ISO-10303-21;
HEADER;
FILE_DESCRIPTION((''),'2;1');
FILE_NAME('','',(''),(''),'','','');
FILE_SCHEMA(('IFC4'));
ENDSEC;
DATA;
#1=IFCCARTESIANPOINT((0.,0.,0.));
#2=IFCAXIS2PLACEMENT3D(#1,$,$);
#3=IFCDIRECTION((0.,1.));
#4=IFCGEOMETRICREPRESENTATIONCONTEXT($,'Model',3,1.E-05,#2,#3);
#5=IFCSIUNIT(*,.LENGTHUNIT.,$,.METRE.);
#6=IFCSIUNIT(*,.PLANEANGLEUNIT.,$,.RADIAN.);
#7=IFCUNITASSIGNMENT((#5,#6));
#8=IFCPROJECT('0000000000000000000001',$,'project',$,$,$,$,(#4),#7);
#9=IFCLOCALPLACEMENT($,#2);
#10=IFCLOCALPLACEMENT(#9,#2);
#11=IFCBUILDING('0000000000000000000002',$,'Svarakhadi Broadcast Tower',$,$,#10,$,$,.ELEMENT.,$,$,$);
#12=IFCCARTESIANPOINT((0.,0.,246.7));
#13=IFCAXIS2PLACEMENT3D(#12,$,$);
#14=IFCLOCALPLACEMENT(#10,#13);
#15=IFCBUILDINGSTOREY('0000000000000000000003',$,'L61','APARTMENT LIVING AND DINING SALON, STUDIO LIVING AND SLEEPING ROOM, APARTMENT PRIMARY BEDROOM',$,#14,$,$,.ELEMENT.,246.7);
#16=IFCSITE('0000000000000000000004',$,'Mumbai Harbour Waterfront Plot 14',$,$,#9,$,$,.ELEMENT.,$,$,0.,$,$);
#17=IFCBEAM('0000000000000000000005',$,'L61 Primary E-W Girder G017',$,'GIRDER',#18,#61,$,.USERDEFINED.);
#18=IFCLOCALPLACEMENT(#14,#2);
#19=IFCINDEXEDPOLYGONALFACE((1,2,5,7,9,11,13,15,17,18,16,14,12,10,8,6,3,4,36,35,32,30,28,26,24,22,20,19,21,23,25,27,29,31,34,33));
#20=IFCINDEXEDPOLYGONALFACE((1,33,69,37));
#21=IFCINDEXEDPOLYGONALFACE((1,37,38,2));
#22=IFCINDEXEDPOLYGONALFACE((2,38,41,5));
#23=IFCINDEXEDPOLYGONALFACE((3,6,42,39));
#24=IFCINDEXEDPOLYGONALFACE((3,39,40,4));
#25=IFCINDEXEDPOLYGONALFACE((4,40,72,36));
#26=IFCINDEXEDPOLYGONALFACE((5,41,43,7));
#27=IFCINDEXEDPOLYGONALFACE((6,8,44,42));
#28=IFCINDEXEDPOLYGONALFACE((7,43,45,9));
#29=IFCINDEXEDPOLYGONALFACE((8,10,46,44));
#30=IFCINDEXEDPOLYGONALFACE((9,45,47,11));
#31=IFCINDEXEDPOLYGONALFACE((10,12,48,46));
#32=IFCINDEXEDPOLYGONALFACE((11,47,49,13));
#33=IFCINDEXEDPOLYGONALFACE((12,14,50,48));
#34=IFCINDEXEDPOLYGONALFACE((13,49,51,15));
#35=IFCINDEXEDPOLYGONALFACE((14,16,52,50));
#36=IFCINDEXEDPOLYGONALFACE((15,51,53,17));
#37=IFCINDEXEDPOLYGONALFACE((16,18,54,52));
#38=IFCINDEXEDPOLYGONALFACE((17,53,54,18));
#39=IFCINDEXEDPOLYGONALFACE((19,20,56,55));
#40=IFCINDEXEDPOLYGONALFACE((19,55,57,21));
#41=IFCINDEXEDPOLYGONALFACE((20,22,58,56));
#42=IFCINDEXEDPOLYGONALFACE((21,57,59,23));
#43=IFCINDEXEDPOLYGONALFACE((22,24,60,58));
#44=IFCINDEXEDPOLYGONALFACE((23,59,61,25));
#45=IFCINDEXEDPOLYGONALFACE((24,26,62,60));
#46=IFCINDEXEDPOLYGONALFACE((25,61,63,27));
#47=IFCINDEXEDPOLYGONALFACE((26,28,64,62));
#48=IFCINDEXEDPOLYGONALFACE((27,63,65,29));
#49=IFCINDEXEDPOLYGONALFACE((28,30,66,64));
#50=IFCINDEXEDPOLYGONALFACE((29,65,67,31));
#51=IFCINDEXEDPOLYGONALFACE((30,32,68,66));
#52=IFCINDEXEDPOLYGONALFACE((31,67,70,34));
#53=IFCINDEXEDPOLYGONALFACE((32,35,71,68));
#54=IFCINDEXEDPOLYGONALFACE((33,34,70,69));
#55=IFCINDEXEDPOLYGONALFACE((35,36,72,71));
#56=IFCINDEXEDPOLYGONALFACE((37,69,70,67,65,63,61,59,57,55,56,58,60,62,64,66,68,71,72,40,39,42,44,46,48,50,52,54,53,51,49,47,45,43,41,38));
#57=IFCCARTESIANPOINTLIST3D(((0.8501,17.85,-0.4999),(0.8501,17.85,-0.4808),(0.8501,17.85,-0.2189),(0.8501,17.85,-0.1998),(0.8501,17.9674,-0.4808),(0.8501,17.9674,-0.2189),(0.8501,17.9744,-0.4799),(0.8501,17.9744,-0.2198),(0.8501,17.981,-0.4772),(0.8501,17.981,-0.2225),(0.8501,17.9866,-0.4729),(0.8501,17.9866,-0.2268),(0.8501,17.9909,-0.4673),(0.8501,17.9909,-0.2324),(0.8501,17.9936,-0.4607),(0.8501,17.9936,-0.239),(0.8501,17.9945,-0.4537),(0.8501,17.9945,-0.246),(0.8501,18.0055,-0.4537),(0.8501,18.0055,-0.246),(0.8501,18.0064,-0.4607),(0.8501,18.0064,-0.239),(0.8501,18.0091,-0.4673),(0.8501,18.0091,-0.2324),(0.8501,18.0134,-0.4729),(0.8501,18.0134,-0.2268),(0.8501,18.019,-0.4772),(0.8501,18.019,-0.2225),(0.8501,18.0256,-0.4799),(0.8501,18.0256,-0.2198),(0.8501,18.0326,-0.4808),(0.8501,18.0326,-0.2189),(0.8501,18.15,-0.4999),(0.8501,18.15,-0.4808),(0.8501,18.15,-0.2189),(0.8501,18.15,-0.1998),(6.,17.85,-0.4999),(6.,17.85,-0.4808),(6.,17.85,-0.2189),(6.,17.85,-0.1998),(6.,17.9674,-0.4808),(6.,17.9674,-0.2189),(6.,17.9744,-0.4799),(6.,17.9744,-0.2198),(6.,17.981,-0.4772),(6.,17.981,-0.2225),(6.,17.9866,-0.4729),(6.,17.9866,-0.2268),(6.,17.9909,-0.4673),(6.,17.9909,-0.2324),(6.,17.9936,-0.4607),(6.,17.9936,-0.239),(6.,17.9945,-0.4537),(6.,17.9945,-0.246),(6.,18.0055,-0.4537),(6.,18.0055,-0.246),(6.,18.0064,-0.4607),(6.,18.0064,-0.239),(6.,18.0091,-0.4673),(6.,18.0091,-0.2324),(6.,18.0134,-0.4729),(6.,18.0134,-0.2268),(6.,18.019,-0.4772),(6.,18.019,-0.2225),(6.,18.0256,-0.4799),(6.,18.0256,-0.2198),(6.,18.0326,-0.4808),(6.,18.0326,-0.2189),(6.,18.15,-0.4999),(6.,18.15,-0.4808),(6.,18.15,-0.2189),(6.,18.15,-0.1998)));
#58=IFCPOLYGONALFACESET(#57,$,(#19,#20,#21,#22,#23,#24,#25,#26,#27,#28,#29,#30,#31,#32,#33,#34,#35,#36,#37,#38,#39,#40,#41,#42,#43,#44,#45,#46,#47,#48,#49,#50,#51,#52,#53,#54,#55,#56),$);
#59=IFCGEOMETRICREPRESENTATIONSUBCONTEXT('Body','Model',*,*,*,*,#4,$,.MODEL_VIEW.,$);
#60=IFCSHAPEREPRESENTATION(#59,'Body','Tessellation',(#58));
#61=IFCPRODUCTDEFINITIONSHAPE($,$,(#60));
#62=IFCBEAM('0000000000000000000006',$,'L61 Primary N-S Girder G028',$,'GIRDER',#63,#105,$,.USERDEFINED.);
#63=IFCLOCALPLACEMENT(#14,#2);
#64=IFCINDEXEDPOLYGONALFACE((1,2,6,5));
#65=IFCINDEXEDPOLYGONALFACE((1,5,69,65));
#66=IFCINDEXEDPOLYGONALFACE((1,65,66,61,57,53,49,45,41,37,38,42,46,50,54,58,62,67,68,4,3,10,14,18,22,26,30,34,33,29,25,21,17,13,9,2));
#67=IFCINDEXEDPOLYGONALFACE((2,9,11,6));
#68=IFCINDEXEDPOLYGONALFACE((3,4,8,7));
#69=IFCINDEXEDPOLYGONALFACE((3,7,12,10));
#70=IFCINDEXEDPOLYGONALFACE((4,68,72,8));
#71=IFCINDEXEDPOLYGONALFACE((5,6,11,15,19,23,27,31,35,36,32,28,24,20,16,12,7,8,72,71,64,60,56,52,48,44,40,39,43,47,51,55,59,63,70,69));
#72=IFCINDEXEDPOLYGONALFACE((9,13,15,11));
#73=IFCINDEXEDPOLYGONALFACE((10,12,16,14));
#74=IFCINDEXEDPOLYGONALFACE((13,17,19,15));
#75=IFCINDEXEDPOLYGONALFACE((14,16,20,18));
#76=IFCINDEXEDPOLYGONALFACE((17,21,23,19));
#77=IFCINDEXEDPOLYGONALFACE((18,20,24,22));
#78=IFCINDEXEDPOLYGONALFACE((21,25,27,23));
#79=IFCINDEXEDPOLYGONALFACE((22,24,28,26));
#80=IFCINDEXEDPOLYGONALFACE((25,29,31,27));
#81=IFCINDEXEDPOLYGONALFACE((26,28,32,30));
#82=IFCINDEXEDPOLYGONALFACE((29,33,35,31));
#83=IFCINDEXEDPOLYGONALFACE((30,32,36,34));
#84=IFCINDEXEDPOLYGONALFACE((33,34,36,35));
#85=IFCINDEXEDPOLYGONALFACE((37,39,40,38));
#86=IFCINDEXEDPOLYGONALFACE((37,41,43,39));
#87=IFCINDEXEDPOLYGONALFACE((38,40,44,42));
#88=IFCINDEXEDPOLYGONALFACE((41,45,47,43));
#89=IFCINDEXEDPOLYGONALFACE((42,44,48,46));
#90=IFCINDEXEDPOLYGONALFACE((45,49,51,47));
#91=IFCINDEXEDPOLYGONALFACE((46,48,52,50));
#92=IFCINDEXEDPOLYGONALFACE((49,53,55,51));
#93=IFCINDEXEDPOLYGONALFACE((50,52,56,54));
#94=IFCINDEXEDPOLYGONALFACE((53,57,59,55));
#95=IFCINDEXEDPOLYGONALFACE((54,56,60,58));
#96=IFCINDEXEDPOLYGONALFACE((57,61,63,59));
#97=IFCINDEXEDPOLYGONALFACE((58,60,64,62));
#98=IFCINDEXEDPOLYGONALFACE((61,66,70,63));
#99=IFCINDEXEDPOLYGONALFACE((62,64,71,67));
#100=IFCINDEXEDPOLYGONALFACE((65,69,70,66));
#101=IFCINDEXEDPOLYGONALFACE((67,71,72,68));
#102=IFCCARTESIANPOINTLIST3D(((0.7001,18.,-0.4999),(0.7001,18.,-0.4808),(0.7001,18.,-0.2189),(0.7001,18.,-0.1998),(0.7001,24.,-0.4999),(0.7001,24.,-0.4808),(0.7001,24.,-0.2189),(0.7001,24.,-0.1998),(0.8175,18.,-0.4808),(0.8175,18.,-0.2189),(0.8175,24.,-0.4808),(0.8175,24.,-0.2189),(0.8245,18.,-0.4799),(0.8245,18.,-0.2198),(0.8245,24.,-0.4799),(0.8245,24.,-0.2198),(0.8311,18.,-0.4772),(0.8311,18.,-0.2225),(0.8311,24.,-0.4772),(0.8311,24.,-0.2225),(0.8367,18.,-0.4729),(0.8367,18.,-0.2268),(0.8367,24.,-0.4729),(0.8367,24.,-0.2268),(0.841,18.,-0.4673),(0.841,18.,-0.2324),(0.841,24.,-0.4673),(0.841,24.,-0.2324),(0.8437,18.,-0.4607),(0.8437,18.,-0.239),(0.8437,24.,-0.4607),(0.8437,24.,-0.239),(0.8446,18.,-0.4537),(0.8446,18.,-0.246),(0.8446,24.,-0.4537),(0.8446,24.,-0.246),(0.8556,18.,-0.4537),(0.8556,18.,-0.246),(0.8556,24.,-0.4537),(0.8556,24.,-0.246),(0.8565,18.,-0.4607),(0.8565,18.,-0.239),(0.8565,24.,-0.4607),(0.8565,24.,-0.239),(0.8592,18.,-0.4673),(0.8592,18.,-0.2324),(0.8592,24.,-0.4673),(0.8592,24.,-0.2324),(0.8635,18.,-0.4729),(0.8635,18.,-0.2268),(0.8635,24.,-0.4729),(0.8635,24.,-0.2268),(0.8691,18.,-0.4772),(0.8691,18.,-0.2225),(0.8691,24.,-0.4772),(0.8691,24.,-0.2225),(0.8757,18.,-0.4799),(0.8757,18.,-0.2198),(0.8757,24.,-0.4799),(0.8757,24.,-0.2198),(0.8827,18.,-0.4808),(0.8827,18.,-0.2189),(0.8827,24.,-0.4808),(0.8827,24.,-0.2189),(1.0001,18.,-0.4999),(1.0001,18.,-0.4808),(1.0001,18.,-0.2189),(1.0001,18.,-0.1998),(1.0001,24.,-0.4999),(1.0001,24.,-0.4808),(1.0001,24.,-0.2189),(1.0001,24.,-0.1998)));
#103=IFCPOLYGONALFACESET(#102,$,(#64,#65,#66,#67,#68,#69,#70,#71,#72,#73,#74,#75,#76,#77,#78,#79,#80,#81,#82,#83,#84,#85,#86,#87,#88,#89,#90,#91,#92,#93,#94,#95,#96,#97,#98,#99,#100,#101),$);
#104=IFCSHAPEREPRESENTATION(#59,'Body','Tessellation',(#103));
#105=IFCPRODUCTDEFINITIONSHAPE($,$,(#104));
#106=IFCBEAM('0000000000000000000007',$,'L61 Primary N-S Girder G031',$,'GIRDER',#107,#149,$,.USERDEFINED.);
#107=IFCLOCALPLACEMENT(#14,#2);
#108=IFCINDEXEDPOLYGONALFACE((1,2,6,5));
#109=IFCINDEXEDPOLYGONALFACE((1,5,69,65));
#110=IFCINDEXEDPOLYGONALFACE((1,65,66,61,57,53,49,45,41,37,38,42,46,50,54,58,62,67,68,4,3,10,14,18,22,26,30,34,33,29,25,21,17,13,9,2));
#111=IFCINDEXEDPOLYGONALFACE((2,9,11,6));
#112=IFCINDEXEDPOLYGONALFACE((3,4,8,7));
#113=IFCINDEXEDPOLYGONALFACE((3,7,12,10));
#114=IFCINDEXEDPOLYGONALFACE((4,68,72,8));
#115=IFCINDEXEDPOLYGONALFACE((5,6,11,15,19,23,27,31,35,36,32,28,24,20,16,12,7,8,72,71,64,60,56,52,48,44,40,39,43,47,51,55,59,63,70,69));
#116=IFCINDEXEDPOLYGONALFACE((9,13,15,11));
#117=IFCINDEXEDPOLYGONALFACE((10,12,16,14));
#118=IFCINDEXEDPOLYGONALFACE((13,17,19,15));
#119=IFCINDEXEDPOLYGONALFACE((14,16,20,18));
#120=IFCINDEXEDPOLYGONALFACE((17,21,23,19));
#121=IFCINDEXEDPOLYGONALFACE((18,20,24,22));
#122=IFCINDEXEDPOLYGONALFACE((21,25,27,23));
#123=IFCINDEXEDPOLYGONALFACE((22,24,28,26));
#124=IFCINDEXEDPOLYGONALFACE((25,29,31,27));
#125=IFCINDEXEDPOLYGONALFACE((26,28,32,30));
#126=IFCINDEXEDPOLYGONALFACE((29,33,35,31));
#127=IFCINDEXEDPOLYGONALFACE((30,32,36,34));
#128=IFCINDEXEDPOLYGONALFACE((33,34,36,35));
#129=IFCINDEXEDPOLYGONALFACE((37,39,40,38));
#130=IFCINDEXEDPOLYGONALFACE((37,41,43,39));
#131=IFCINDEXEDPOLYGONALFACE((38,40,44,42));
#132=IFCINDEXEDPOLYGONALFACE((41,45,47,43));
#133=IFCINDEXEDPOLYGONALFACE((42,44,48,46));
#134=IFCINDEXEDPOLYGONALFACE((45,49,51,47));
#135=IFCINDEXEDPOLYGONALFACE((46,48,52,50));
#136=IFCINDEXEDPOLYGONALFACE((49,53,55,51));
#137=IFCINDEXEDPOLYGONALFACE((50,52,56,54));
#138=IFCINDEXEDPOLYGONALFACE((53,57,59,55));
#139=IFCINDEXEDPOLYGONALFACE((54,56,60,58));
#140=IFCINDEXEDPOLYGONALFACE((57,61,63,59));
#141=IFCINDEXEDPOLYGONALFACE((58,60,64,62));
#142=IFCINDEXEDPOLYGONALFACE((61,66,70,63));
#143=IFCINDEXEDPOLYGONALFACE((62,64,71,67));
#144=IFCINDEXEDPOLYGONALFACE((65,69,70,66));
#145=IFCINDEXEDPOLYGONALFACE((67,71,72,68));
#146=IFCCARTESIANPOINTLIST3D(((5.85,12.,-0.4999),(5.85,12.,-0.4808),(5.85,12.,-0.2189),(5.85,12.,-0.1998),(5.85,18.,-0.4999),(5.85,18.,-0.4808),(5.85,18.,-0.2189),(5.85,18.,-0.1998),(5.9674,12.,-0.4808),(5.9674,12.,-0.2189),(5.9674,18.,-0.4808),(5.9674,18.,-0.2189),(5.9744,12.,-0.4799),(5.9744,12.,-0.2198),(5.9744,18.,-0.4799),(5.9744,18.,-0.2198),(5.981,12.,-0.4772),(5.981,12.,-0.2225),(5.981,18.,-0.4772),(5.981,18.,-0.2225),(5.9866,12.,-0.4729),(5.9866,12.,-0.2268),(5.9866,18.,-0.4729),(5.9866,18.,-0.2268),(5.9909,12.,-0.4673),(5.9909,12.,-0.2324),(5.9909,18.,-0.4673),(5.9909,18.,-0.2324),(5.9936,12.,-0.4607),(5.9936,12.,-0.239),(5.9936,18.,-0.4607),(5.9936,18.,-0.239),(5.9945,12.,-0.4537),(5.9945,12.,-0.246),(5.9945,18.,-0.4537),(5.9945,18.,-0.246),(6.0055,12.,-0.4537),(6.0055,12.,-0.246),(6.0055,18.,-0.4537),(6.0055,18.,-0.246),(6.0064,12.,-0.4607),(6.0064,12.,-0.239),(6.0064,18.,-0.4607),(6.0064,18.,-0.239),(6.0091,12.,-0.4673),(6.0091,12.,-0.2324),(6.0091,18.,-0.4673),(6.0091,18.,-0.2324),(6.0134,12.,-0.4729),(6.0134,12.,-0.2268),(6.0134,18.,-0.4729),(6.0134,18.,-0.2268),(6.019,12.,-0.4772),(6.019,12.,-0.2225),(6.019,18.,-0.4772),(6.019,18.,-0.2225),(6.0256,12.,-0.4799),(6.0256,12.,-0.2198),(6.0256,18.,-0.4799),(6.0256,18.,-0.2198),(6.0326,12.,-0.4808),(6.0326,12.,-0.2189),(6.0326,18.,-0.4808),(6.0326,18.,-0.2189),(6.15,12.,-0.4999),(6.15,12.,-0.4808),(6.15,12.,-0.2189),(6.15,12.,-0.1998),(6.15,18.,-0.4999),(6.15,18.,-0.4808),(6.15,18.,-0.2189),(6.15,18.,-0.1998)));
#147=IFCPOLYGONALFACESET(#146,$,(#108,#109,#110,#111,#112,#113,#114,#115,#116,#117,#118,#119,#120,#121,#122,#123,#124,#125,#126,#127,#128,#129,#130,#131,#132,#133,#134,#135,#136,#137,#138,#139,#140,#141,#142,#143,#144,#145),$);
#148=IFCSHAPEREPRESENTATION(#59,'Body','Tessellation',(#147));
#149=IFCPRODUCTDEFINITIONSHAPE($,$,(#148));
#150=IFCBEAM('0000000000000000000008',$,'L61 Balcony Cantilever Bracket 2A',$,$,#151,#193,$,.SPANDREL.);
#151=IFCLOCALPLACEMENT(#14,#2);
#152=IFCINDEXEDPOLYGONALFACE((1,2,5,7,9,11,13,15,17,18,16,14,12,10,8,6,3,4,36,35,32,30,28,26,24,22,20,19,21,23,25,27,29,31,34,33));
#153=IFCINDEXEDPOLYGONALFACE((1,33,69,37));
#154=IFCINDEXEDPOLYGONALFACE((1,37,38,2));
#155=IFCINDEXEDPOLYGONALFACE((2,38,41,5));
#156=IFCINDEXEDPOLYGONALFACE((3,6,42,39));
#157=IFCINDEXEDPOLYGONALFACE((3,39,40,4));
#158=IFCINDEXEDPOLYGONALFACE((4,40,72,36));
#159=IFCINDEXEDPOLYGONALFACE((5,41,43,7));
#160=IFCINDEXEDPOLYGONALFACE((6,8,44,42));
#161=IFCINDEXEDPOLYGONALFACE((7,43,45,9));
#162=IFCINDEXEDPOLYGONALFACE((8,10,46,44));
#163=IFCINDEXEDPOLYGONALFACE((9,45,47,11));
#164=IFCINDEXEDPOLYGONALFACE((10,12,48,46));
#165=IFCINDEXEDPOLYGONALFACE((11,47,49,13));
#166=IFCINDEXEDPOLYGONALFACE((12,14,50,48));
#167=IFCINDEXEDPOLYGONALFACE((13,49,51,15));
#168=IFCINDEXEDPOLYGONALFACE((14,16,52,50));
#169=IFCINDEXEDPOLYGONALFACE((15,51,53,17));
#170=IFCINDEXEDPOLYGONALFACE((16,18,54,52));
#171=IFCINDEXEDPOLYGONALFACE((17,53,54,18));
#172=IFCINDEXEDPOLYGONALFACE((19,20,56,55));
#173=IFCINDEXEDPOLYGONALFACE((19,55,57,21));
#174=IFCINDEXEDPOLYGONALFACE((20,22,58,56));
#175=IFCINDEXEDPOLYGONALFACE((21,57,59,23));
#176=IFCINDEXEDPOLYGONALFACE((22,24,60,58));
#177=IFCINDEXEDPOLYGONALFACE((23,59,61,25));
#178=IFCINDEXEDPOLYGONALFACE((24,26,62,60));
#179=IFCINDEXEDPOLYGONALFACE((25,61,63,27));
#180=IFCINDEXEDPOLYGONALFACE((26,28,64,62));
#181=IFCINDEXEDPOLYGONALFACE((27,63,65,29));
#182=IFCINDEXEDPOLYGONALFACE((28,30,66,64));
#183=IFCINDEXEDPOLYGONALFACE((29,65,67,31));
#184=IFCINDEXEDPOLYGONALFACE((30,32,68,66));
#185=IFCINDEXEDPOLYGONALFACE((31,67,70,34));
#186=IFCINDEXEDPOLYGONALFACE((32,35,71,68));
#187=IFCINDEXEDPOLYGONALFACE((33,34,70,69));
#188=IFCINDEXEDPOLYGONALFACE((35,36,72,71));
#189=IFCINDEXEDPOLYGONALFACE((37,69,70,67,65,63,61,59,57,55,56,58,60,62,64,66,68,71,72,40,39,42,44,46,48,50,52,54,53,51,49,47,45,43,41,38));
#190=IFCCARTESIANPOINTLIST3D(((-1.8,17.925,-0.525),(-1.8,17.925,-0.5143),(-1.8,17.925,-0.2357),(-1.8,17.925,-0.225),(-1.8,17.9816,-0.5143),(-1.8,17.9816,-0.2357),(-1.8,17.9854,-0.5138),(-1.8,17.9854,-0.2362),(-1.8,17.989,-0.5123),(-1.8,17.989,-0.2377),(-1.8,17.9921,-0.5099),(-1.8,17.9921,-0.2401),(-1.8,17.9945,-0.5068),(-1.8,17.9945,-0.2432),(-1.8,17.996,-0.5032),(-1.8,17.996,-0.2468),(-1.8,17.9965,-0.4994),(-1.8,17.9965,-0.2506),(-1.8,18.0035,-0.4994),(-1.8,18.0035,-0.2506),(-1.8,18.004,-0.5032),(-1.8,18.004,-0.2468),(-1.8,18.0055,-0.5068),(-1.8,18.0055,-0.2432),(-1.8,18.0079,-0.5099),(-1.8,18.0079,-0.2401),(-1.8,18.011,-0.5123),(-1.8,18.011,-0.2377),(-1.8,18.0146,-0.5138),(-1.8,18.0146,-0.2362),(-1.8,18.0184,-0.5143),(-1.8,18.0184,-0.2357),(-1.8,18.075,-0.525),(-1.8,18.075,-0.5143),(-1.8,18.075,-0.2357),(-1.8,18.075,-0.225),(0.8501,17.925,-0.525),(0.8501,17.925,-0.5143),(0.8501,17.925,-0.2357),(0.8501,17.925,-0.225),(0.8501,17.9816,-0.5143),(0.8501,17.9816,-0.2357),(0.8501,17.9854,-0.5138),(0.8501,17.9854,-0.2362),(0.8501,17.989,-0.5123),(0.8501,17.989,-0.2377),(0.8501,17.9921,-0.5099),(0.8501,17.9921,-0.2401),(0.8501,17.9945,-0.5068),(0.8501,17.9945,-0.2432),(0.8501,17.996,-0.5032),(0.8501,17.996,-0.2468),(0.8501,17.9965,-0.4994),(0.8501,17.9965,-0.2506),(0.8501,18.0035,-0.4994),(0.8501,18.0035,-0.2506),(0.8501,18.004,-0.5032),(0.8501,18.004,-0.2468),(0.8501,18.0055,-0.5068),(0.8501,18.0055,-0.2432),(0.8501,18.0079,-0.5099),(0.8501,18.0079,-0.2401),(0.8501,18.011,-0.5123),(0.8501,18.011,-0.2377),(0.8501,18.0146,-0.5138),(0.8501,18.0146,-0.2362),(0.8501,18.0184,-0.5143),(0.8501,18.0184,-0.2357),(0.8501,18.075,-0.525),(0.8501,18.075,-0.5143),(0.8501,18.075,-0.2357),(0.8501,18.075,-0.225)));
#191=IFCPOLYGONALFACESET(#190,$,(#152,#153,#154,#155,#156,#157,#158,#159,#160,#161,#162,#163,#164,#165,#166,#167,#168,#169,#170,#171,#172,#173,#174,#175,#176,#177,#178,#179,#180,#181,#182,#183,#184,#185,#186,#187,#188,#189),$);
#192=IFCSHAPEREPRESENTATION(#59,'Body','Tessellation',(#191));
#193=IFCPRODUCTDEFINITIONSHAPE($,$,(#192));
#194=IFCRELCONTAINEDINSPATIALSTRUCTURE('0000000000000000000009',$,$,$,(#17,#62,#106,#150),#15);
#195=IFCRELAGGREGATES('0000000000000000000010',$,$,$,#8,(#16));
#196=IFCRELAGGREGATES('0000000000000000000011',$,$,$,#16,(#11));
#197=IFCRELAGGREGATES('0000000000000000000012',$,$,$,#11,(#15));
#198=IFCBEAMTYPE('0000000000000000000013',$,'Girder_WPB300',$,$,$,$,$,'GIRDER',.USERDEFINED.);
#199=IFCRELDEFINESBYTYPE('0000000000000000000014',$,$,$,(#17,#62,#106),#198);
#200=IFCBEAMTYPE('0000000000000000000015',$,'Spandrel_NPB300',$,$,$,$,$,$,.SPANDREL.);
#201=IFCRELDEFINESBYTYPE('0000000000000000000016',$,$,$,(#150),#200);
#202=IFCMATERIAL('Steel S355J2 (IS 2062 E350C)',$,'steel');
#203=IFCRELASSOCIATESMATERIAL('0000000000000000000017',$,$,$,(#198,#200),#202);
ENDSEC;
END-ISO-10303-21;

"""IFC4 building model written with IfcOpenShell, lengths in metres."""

from ifc_helpers import new_model, si_unit, direction, frame, origin, origin_2d, place, context, subcontext, project, spatial, i_section, extrude, material, material_profile, profile_set, type_object, element, save


model = new_model("IFC4")

# Units and contexts
model_context = context("Model", 3, precision=1e-05, world=origin(), true_north=direction((0.0, 1.0)))
body_context = subcontext(model_context, "Body", "Model", "MODEL_VIEW")
ifc_project = project(units=[si_unit("LENGTHUNIT", "METRE"), si_unit("PLANEANGLEUNIT", "RADIAN")], contexts=[model_context])

# Site, building, storey
site_placement = place(None, origin())
site = spatial("IfcSite", under=ifc_project, at=site_placement, Name="Mumbai Harbour Waterfront Plot 14", CompositionType="ELEMENT", RefElevation=0.0)
building_placement = place(site_placement, origin())
building = spatial("IfcBuilding", under=site, at=building_placement, Name="Svarakhadi Broadcast Tower", CompositionType="ELEMENT")
storey_placement = place(building_placement, frame((0.0, 0.0, 246.7)))
storey = spatial("IfcBuildingStorey", under=building, at=storey_placement, Name="L61", Description="APARTMENT LIVING AND DINING SALON, STUDIO LIVING AND SLEEPING ROOM, APARTMENT PRIMARY BEDROOM", CompositionType="ELEMENT", Elevation=246.7)

# Shared definitions
ifc_material_1 = material(Name="Steel S355J2 (IS 2062 E350C)", Category="steel")

# Beams
ifc_material_profile_1 = material_profile(ifc_material_1, i_section(OverallWidth=0.3, OverallDepth=0.3, WebThickness=0.011, FlangeThickness=0.019, FilletRadius=0.0271, at=origin_2d()), Name="WPB 300x300x117")
ifc_profile_set_1 = profile_set([ifc_material_profile_1], Name="Steel S355J2 (IS 2062 E350C)")
beam_type_1 = type_object("IfcBeamType", Name="Girder_WPB300", ElementType="GIRDER", PredefinedType="USERDEFINED", material=ifc_profile_set_1)
beam_1_placement = place(storey_placement, frame((0.8501, 18.0, -0.3499), z_axis=(1.0, 0.0, 0.0), x_axis=(0.0, 1.0, 0.0)))
element("IfcBeam", 1, at=beam_1_placement, inside=storey, type_object=beam_type_1, Name="L61 Primary E-W Girder G017", ObjectType="GIRDER", PredefinedType="USERDEFINED", context=body_context, shape_type="SweptSolid", body=[
    extrude(i_section(OverallWidth=0.3, OverallDepth=0.3, WebThickness=0.011, FlangeThickness=0.019, FilletRadius=0.0271, at=origin_2d()), origin(), (0.0, 0.0, 1.0), 5.1499),
])
for number, where, z_axis, x_axis, name in (
    (2, (0.8501, 18.0, -0.3499), (0.0, 1.0, 0.0), (-1.0, 0.0, 0.0), "L61 Primary N-S Girder G028"),
    (3, (6.0, 12.0, -0.3499), (0.0, 1.0, 0.0), (-1.0, 0.0, 0.0), "L61 Primary N-S Girder G031"),
):
    element("IfcBeam", number, at=place(storey_placement, frame(where, z_axis=z_axis, x_axis=x_axis)), inside=storey, type_object=beam_type_1, Name=name, ObjectType="GIRDER", PredefinedType="USERDEFINED", context=body_context, shape_type="SweptSolid", body=[
        extrude(i_section(OverallWidth=0.3, OverallDepth=0.3, WebThickness=0.011, FlangeThickness=0.019, FilletRadius=0.0271, at=origin_2d()), origin(), (0.0, 0.0, 1.0), 6.0),
    ])
ifc_material_profile_2 = material_profile(ifc_material_1, i_section(OverallWidth=0.1499, OverallDepth=0.3, WebThickness=0.0071, FlangeThickness=0.0107, FilletRadius=0.0149, at=origin_2d()), Name="NPB 300x150x37")
ifc_profile_set_2 = profile_set([ifc_material_profile_2], Name="Steel S355J2 (IS 2062 E350C)")
beam_type_2 = type_object("IfcBeamType", Name="Spandrel_NPB300", PredefinedType="SPANDREL", material=ifc_profile_set_2)
beam_2_placement = place(storey_placement, frame((0.8501, 18.0, -0.375), z_axis=(-1.0, 0.0, 0.0), x_axis=(0.0, -1.0, 0.0)))
element("IfcBeam", 4, at=beam_2_placement, inside=storey, type_object=beam_type_2, Name="L61 Balcony Cantilever Bracket 2A", PredefinedType="SPANDREL", context=body_context, shape_type="SweptSolid", body=[
    extrude(i_section(OverallWidth=0.1499, OverallDepth=0.3, WebThickness=0.0071, FlangeThickness=0.0107, FilletRadius=0.0149, at=origin_2d()), origin(), (0.0, 0.0, 1.0), 2.6501),
])

save(model, "model.ifc")
